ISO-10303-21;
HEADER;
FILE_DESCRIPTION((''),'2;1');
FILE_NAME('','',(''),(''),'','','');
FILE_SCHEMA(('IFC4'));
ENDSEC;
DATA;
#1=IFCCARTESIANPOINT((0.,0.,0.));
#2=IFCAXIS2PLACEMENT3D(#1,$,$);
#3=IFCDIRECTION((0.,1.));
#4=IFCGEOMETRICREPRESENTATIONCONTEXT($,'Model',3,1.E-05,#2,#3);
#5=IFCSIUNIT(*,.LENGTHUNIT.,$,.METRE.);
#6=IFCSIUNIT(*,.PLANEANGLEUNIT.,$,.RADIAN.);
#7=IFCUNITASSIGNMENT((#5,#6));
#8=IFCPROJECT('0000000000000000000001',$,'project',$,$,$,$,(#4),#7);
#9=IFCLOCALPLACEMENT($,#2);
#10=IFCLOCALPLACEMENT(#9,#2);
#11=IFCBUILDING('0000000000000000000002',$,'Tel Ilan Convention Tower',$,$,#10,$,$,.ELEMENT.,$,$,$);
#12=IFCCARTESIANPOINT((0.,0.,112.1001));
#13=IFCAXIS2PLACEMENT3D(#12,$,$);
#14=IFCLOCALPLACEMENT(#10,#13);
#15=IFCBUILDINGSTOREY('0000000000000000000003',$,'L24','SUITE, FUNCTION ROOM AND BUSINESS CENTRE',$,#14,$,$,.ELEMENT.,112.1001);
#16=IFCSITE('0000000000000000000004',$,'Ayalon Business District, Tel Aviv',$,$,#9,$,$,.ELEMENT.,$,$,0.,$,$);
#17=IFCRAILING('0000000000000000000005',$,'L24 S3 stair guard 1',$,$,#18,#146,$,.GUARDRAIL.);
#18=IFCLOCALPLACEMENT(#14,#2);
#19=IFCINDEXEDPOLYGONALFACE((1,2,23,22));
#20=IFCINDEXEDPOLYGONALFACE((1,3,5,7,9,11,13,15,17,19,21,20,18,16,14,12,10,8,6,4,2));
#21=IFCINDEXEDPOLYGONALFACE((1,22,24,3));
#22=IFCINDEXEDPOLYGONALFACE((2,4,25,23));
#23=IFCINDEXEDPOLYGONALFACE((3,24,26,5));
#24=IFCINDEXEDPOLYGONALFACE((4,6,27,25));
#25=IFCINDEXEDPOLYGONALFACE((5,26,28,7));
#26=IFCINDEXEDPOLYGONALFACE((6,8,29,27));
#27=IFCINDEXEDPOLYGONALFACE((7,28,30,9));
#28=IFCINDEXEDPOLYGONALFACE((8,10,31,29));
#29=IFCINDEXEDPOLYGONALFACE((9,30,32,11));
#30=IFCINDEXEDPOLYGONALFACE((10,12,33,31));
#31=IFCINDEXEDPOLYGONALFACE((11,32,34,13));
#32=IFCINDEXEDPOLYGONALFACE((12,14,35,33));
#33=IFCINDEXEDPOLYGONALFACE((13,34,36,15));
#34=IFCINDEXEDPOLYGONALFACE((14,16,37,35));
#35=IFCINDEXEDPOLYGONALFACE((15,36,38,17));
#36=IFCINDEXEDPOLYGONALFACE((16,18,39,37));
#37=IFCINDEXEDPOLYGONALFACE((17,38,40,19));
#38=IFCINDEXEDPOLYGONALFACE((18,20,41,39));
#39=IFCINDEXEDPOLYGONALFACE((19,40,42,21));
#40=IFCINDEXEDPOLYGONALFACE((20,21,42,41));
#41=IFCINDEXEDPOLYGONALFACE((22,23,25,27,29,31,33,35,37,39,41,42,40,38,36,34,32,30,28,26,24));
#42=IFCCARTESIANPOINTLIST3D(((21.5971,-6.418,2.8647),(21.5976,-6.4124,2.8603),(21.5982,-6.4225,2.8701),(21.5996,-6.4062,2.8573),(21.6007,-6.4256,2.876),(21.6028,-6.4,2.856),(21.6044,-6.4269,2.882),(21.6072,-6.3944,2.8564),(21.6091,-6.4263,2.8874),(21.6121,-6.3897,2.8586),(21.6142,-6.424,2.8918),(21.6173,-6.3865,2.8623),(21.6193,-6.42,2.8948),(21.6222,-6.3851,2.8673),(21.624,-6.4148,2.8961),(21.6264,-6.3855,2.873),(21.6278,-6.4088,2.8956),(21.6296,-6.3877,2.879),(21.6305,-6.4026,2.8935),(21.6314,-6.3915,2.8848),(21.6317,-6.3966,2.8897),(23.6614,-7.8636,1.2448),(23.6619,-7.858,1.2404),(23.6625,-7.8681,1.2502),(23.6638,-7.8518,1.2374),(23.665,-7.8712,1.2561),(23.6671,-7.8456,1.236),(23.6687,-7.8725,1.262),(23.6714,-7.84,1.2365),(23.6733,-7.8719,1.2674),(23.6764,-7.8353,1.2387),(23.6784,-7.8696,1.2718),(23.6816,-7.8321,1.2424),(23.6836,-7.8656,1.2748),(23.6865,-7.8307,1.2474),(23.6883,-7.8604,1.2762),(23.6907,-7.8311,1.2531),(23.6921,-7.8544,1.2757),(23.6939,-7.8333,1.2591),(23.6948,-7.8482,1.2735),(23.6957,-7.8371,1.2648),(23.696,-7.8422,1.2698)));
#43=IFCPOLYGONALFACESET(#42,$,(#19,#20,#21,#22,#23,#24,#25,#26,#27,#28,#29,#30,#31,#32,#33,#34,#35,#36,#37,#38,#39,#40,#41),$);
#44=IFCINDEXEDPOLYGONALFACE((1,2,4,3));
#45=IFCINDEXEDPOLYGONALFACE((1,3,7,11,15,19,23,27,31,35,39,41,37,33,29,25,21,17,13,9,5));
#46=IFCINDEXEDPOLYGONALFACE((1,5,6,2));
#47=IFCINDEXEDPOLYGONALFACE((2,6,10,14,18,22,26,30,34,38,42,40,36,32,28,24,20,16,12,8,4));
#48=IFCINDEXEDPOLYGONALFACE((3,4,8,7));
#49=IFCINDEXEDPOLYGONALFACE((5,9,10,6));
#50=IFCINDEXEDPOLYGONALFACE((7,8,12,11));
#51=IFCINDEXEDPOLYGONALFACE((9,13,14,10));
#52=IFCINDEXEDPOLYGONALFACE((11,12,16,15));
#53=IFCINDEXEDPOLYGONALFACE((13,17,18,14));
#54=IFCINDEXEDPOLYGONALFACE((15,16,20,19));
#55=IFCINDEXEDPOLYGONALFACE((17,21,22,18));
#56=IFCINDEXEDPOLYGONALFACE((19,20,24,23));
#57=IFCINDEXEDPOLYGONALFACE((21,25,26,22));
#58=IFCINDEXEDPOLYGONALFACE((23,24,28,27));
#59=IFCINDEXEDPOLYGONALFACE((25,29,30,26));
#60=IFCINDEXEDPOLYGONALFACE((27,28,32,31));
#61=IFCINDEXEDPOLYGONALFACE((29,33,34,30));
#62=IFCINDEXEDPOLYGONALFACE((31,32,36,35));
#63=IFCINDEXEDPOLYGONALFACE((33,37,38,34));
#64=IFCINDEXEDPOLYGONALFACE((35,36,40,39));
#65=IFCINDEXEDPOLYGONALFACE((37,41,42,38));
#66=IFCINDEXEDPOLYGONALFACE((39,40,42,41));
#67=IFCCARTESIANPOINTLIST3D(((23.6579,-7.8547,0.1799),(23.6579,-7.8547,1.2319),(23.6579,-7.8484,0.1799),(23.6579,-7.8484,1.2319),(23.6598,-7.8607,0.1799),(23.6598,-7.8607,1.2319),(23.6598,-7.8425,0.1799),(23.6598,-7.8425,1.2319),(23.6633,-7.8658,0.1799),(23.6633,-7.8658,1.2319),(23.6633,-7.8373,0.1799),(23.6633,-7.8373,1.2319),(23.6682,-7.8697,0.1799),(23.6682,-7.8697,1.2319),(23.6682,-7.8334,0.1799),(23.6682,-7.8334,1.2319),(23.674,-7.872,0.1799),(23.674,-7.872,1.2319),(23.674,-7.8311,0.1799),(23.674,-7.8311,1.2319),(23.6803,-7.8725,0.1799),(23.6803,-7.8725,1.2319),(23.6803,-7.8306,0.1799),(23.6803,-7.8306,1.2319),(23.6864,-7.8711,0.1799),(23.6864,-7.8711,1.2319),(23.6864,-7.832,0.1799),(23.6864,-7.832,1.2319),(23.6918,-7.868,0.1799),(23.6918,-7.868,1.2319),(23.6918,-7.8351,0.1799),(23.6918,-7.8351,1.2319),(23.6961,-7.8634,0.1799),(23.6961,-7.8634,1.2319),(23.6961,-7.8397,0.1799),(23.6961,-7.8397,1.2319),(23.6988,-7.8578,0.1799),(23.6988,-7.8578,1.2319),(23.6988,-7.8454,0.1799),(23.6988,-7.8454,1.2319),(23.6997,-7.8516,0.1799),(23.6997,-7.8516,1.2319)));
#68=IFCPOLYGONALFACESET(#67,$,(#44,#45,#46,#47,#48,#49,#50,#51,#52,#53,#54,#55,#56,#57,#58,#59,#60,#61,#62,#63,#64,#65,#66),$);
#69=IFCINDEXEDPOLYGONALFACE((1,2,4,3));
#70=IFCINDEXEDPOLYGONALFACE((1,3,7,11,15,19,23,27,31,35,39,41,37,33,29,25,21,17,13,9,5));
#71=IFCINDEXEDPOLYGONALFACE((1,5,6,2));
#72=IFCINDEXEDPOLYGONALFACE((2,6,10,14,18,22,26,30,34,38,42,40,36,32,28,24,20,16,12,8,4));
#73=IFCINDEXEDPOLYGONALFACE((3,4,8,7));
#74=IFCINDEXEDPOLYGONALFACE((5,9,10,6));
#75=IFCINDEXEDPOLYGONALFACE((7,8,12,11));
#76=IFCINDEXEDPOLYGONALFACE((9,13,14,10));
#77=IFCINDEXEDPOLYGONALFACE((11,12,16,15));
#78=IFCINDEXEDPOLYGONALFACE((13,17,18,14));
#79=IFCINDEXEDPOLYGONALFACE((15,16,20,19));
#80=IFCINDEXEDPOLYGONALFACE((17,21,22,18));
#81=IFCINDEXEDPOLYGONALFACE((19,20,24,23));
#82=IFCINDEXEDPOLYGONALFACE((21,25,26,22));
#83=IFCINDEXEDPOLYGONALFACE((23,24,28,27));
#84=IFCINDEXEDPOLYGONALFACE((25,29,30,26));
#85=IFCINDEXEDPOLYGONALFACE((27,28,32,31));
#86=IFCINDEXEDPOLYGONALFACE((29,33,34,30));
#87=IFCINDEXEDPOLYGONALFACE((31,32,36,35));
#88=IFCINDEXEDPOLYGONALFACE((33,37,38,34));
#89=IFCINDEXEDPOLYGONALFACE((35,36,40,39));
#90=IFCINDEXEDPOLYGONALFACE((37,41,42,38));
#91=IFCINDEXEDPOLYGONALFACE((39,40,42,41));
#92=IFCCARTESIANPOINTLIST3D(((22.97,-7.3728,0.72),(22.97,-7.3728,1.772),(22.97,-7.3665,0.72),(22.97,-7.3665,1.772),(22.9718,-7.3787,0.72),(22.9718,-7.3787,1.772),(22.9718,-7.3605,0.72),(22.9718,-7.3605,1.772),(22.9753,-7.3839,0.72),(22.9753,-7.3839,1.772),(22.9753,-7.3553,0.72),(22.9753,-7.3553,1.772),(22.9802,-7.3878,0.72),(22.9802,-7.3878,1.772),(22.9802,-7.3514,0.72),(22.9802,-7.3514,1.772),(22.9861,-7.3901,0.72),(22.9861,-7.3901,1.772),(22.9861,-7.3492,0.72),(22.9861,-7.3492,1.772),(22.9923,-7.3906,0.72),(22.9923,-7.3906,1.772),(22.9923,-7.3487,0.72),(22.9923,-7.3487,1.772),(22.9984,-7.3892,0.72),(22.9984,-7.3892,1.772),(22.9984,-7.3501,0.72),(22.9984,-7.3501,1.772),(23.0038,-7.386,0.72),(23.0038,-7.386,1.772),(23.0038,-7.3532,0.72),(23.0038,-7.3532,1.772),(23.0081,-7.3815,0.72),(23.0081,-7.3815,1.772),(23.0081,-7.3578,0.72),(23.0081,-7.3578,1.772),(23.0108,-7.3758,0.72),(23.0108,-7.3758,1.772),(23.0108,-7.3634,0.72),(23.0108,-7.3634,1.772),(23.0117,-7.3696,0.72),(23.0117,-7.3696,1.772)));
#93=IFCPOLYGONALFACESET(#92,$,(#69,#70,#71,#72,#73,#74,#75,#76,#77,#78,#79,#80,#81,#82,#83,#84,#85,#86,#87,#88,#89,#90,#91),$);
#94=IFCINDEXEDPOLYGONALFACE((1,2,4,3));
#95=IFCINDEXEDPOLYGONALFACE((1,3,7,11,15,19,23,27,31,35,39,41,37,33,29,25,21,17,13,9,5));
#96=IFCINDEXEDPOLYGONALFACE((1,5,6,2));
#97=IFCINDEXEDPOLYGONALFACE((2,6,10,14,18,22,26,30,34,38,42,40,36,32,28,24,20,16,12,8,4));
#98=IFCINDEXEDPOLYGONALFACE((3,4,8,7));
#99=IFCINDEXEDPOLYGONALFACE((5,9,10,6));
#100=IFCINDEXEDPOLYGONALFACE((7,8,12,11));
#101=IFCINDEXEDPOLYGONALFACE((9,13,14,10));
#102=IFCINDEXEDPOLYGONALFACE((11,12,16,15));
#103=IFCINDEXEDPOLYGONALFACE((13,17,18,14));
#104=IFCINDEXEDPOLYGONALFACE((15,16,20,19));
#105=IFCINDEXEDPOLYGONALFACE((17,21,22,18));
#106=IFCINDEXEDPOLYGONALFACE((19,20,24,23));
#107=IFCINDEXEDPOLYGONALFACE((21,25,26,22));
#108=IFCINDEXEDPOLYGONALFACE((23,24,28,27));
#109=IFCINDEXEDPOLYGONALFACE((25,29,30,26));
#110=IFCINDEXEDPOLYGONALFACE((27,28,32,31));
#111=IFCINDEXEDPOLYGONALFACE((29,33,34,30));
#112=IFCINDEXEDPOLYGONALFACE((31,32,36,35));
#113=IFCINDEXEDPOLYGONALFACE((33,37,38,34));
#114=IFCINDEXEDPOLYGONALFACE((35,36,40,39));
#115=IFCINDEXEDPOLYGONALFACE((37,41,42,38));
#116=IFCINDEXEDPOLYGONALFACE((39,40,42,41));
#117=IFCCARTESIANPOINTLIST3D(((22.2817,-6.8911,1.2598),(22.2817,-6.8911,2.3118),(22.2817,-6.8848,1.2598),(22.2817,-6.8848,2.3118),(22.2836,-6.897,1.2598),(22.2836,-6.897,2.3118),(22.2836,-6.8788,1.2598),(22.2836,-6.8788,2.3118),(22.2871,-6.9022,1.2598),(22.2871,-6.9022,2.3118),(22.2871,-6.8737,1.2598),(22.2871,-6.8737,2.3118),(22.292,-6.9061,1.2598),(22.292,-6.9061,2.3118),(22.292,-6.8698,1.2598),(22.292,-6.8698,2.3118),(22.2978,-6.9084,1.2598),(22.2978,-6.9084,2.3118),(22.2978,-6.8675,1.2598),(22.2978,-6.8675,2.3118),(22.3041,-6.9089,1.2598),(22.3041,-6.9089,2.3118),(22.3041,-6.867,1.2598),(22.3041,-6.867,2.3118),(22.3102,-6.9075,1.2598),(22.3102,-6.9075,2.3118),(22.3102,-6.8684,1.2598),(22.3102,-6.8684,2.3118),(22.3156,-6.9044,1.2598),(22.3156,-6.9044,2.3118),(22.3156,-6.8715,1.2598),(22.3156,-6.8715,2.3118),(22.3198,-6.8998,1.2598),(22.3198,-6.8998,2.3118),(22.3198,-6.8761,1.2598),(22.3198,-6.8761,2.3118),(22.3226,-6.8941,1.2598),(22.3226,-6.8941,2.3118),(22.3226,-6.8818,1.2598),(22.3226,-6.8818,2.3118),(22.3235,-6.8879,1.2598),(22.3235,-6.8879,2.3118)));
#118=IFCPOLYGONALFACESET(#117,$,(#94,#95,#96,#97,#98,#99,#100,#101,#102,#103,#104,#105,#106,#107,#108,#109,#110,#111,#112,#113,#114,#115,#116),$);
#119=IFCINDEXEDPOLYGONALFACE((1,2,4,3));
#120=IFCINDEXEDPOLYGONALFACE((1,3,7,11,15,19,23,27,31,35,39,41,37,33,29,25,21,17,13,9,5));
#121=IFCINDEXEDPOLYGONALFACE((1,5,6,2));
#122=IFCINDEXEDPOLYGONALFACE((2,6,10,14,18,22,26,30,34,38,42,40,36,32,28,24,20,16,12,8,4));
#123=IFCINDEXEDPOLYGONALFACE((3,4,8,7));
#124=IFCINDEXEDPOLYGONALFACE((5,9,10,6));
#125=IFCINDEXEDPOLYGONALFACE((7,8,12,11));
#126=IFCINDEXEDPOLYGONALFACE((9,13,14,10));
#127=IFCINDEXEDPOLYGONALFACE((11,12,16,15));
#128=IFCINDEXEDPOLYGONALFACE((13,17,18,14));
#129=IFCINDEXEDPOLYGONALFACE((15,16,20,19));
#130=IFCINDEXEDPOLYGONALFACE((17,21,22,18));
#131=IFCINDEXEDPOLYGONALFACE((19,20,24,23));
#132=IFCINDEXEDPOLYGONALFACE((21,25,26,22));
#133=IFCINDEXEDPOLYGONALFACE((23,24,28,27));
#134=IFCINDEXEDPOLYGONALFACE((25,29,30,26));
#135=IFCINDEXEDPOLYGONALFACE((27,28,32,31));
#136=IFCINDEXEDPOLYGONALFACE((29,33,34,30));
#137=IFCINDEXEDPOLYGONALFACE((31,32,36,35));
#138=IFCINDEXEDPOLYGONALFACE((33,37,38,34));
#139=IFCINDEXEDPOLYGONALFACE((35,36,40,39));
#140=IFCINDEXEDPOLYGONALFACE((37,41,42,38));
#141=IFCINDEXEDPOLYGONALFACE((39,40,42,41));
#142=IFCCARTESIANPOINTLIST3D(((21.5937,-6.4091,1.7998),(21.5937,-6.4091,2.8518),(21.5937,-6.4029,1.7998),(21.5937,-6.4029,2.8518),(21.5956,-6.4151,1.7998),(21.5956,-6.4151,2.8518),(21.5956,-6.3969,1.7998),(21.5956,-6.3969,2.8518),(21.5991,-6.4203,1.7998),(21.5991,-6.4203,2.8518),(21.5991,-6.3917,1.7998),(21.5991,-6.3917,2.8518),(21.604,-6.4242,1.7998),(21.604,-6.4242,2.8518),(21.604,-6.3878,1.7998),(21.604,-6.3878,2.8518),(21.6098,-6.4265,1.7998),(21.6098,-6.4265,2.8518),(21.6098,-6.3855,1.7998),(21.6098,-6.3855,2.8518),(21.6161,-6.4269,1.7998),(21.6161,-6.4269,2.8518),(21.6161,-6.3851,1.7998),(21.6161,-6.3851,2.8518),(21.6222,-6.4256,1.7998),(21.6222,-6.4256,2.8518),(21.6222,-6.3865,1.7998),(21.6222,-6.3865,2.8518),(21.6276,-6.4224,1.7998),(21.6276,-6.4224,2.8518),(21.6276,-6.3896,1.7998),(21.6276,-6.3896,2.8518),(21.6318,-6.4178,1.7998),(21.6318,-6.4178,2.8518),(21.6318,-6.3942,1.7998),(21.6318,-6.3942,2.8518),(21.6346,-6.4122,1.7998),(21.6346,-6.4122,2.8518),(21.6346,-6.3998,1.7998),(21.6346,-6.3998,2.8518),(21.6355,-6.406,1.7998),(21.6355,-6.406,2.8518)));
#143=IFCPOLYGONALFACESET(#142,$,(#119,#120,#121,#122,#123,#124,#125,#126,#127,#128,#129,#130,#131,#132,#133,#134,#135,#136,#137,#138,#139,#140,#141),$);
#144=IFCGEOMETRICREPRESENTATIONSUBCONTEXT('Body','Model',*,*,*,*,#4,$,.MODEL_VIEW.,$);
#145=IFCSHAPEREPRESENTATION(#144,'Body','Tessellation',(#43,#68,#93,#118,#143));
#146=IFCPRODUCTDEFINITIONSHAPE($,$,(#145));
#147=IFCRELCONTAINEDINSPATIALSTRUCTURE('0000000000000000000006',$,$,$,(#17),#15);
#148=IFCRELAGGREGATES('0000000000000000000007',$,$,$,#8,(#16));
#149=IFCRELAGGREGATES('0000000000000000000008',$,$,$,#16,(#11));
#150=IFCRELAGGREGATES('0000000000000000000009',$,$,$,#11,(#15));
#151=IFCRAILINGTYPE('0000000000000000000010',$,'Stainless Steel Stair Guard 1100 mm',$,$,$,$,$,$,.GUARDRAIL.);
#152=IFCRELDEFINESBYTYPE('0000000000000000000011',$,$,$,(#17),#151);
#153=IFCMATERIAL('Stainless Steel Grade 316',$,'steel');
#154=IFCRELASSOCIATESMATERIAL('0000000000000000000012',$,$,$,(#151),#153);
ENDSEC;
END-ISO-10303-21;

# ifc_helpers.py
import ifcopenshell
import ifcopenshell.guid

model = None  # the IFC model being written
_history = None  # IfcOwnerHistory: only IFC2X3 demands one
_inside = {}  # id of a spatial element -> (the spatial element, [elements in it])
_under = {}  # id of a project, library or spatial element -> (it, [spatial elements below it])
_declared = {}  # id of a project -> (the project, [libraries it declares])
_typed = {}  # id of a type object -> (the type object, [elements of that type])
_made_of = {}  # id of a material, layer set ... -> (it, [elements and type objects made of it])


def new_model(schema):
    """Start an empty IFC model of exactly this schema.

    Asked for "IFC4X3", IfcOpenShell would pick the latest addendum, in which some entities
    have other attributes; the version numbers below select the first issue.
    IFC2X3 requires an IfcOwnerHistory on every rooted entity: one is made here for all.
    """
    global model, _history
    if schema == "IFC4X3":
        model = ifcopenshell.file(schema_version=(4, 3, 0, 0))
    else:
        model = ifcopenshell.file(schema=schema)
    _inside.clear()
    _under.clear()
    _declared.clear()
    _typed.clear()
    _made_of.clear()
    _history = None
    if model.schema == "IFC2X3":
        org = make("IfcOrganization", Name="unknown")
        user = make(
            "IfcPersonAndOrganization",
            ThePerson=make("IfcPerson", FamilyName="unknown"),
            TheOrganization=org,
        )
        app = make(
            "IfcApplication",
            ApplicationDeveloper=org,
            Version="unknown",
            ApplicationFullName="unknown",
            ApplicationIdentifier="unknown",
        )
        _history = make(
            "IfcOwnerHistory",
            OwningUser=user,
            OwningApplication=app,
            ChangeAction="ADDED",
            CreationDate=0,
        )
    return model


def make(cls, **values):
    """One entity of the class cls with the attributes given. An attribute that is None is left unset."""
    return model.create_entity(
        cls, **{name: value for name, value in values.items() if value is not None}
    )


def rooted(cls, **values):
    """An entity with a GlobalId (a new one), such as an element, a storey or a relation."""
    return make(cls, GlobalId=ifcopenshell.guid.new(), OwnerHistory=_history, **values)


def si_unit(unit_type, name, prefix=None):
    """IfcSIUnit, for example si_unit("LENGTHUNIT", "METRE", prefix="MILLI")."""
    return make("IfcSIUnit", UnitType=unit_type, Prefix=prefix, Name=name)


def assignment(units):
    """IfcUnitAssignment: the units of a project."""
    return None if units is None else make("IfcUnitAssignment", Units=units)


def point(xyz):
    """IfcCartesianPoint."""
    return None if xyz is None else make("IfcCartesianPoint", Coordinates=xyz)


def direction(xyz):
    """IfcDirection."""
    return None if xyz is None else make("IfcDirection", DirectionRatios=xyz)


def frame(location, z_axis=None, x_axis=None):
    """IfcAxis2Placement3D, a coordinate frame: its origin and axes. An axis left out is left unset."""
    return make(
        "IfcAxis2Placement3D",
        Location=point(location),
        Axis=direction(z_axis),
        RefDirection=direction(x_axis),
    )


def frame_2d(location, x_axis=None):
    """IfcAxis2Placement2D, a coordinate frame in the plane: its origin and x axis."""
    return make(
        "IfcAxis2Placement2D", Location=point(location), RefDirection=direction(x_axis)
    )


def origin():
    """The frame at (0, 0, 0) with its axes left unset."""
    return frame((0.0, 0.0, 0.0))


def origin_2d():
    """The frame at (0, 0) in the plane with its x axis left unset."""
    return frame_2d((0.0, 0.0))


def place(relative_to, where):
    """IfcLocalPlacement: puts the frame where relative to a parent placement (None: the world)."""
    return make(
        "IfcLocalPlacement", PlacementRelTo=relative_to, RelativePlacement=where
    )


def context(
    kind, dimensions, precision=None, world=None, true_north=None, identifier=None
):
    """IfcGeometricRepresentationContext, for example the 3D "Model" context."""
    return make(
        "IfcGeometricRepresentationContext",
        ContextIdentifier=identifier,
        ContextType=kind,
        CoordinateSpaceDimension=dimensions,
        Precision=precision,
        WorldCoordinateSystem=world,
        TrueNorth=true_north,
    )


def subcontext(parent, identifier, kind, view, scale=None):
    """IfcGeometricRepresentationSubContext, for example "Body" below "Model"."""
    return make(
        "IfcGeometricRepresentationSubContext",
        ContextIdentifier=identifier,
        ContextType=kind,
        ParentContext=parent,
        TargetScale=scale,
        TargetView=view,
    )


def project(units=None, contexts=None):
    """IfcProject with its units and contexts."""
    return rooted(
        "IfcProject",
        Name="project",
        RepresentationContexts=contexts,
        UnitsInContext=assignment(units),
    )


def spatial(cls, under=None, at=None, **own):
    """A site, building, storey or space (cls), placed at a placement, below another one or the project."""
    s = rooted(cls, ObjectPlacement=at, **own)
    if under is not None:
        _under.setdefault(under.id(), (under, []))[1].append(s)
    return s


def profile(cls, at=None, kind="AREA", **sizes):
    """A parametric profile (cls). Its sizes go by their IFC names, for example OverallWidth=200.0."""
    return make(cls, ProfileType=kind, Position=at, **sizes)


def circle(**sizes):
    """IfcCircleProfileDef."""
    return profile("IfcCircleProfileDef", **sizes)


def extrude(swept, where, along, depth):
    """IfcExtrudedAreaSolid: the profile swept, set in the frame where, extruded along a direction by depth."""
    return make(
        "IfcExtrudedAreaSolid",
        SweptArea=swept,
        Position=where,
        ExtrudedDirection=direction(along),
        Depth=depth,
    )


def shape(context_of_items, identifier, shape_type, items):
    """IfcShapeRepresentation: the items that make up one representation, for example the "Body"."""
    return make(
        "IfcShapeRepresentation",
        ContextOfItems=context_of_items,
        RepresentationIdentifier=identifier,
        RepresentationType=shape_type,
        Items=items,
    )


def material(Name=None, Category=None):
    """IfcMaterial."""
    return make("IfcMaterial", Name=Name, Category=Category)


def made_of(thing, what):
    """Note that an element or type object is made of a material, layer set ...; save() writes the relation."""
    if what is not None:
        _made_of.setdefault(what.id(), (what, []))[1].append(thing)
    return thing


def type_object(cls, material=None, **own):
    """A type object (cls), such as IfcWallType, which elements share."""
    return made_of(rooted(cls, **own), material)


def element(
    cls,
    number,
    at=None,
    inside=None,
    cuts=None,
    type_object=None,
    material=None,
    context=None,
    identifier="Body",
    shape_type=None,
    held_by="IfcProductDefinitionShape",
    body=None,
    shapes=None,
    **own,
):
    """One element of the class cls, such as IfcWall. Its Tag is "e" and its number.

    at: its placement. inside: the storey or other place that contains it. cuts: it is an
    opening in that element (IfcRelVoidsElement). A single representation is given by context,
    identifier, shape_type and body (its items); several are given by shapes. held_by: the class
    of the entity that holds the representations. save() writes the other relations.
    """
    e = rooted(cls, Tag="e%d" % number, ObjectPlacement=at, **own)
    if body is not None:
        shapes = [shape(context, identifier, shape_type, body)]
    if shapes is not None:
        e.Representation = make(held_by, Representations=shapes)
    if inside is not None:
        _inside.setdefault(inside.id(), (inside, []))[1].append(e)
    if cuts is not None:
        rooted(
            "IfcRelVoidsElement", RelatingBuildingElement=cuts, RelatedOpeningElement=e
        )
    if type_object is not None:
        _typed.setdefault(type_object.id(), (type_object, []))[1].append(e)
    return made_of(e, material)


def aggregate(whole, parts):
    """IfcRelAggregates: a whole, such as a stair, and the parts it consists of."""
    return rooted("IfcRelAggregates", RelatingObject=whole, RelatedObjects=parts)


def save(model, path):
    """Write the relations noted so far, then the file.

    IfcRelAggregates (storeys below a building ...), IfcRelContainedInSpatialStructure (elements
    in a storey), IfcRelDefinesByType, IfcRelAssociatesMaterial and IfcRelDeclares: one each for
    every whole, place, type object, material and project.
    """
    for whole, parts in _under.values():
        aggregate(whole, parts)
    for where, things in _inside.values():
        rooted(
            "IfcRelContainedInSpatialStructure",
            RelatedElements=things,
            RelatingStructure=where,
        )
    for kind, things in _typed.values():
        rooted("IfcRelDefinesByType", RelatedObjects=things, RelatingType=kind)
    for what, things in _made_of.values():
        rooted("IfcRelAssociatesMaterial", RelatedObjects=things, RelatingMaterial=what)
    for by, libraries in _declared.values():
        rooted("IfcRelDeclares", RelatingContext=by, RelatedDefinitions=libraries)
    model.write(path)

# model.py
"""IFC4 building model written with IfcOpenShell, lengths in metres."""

from ifc_helpers import new_model, si_unit, direction, frame, origin, origin_2d, place, context, subcontext, project, spatial, circle, extrude, material, type_object, element, save


model = new_model("IFC4")

# Units and contexts
model_context = context("Model", 3, precision=1e-05, world=origin(), true_north=direction((0.0, 1.0)))
body_context = subcontext(model_context, "Body", "Model", "MODEL_VIEW")
ifc_project = project(units=[si_unit("LENGTHUNIT", "METRE"), si_unit("PLANEANGLEUNIT", "RADIAN")], contexts=[model_context])

# Site, building, storey
site_placement = place(None, origin())
site = spatial("IfcSite", under=ifc_project, at=site_placement, Name="Ayalon Business District, Tel Aviv", CompositionType="ELEMENT", RefElevation=0.0)
building_placement = place(site_placement, origin())
building = spatial("IfcBuilding", under=site, at=building_placement, Name="Tel Ilan Convention Tower", CompositionType="ELEMENT")
storey_placement = place(building_placement, frame((0.0, 0.0, 112.1001)))
storey = spatial("IfcBuildingStorey", under=building, at=storey_placement, Name="L24", Description="SUITE, FUNCTION ROOM AND BUSINESS CENTRE", CompositionType="ELEMENT", Elevation=112.1001)

# Railing
ifc_material_1 = material(Name="Stainless Steel Grade 316", Category="steel")
railing_type_1 = type_object("IfcRailingType", Name="Stainless Steel Stair Guard 1100 mm", PredefinedType="GUARDRAIL", material=ifc_material_1)
railing_1_placement = place(storey_placement, frame((23.6787, -7.8516, 0.1799)))
element("IfcRailing", 1, at=railing_1_placement, inside=storey, type_object=railing_type_1, Name="L24 S3 stair guard 1", PredefinedType="GUARDRAIL", context=body_context, shape_type="SweptSolid", body=[
    extrude(circle(Radius=0.0239, at=origin_2d()), frame((0.0, 0.0, 1.0762), z_axis=(-0.689043, 0.482534, 0.540722), x_axis=(-0.573625, -0.819118, 0.0)), (0.0, 0.0, 1.0), 2.9958),
    extrude(circle(Radius=0.021, at=origin_2d()), origin(), (0.0, 0.0, 1.0), 1.052),
    extrude(circle(Radius=0.021, at=origin_2d()), frame((-0.688, 0.4819, 0.54)), (0.0, 0.0, 1.0), 1.052),
    extrude(circle(Radius=0.021, at=origin_2d()), frame((-1.3762, 0.9636, 1.0798)), (0.0, 0.0, 1.0), 1.052),
    extrude(circle(Radius=0.021, at=origin_2d()), frame((-2.0642, 1.4456, 1.6199)), (0.0, 0.0, 1.0), 1.052),
])

save(model, "model.ifc")
